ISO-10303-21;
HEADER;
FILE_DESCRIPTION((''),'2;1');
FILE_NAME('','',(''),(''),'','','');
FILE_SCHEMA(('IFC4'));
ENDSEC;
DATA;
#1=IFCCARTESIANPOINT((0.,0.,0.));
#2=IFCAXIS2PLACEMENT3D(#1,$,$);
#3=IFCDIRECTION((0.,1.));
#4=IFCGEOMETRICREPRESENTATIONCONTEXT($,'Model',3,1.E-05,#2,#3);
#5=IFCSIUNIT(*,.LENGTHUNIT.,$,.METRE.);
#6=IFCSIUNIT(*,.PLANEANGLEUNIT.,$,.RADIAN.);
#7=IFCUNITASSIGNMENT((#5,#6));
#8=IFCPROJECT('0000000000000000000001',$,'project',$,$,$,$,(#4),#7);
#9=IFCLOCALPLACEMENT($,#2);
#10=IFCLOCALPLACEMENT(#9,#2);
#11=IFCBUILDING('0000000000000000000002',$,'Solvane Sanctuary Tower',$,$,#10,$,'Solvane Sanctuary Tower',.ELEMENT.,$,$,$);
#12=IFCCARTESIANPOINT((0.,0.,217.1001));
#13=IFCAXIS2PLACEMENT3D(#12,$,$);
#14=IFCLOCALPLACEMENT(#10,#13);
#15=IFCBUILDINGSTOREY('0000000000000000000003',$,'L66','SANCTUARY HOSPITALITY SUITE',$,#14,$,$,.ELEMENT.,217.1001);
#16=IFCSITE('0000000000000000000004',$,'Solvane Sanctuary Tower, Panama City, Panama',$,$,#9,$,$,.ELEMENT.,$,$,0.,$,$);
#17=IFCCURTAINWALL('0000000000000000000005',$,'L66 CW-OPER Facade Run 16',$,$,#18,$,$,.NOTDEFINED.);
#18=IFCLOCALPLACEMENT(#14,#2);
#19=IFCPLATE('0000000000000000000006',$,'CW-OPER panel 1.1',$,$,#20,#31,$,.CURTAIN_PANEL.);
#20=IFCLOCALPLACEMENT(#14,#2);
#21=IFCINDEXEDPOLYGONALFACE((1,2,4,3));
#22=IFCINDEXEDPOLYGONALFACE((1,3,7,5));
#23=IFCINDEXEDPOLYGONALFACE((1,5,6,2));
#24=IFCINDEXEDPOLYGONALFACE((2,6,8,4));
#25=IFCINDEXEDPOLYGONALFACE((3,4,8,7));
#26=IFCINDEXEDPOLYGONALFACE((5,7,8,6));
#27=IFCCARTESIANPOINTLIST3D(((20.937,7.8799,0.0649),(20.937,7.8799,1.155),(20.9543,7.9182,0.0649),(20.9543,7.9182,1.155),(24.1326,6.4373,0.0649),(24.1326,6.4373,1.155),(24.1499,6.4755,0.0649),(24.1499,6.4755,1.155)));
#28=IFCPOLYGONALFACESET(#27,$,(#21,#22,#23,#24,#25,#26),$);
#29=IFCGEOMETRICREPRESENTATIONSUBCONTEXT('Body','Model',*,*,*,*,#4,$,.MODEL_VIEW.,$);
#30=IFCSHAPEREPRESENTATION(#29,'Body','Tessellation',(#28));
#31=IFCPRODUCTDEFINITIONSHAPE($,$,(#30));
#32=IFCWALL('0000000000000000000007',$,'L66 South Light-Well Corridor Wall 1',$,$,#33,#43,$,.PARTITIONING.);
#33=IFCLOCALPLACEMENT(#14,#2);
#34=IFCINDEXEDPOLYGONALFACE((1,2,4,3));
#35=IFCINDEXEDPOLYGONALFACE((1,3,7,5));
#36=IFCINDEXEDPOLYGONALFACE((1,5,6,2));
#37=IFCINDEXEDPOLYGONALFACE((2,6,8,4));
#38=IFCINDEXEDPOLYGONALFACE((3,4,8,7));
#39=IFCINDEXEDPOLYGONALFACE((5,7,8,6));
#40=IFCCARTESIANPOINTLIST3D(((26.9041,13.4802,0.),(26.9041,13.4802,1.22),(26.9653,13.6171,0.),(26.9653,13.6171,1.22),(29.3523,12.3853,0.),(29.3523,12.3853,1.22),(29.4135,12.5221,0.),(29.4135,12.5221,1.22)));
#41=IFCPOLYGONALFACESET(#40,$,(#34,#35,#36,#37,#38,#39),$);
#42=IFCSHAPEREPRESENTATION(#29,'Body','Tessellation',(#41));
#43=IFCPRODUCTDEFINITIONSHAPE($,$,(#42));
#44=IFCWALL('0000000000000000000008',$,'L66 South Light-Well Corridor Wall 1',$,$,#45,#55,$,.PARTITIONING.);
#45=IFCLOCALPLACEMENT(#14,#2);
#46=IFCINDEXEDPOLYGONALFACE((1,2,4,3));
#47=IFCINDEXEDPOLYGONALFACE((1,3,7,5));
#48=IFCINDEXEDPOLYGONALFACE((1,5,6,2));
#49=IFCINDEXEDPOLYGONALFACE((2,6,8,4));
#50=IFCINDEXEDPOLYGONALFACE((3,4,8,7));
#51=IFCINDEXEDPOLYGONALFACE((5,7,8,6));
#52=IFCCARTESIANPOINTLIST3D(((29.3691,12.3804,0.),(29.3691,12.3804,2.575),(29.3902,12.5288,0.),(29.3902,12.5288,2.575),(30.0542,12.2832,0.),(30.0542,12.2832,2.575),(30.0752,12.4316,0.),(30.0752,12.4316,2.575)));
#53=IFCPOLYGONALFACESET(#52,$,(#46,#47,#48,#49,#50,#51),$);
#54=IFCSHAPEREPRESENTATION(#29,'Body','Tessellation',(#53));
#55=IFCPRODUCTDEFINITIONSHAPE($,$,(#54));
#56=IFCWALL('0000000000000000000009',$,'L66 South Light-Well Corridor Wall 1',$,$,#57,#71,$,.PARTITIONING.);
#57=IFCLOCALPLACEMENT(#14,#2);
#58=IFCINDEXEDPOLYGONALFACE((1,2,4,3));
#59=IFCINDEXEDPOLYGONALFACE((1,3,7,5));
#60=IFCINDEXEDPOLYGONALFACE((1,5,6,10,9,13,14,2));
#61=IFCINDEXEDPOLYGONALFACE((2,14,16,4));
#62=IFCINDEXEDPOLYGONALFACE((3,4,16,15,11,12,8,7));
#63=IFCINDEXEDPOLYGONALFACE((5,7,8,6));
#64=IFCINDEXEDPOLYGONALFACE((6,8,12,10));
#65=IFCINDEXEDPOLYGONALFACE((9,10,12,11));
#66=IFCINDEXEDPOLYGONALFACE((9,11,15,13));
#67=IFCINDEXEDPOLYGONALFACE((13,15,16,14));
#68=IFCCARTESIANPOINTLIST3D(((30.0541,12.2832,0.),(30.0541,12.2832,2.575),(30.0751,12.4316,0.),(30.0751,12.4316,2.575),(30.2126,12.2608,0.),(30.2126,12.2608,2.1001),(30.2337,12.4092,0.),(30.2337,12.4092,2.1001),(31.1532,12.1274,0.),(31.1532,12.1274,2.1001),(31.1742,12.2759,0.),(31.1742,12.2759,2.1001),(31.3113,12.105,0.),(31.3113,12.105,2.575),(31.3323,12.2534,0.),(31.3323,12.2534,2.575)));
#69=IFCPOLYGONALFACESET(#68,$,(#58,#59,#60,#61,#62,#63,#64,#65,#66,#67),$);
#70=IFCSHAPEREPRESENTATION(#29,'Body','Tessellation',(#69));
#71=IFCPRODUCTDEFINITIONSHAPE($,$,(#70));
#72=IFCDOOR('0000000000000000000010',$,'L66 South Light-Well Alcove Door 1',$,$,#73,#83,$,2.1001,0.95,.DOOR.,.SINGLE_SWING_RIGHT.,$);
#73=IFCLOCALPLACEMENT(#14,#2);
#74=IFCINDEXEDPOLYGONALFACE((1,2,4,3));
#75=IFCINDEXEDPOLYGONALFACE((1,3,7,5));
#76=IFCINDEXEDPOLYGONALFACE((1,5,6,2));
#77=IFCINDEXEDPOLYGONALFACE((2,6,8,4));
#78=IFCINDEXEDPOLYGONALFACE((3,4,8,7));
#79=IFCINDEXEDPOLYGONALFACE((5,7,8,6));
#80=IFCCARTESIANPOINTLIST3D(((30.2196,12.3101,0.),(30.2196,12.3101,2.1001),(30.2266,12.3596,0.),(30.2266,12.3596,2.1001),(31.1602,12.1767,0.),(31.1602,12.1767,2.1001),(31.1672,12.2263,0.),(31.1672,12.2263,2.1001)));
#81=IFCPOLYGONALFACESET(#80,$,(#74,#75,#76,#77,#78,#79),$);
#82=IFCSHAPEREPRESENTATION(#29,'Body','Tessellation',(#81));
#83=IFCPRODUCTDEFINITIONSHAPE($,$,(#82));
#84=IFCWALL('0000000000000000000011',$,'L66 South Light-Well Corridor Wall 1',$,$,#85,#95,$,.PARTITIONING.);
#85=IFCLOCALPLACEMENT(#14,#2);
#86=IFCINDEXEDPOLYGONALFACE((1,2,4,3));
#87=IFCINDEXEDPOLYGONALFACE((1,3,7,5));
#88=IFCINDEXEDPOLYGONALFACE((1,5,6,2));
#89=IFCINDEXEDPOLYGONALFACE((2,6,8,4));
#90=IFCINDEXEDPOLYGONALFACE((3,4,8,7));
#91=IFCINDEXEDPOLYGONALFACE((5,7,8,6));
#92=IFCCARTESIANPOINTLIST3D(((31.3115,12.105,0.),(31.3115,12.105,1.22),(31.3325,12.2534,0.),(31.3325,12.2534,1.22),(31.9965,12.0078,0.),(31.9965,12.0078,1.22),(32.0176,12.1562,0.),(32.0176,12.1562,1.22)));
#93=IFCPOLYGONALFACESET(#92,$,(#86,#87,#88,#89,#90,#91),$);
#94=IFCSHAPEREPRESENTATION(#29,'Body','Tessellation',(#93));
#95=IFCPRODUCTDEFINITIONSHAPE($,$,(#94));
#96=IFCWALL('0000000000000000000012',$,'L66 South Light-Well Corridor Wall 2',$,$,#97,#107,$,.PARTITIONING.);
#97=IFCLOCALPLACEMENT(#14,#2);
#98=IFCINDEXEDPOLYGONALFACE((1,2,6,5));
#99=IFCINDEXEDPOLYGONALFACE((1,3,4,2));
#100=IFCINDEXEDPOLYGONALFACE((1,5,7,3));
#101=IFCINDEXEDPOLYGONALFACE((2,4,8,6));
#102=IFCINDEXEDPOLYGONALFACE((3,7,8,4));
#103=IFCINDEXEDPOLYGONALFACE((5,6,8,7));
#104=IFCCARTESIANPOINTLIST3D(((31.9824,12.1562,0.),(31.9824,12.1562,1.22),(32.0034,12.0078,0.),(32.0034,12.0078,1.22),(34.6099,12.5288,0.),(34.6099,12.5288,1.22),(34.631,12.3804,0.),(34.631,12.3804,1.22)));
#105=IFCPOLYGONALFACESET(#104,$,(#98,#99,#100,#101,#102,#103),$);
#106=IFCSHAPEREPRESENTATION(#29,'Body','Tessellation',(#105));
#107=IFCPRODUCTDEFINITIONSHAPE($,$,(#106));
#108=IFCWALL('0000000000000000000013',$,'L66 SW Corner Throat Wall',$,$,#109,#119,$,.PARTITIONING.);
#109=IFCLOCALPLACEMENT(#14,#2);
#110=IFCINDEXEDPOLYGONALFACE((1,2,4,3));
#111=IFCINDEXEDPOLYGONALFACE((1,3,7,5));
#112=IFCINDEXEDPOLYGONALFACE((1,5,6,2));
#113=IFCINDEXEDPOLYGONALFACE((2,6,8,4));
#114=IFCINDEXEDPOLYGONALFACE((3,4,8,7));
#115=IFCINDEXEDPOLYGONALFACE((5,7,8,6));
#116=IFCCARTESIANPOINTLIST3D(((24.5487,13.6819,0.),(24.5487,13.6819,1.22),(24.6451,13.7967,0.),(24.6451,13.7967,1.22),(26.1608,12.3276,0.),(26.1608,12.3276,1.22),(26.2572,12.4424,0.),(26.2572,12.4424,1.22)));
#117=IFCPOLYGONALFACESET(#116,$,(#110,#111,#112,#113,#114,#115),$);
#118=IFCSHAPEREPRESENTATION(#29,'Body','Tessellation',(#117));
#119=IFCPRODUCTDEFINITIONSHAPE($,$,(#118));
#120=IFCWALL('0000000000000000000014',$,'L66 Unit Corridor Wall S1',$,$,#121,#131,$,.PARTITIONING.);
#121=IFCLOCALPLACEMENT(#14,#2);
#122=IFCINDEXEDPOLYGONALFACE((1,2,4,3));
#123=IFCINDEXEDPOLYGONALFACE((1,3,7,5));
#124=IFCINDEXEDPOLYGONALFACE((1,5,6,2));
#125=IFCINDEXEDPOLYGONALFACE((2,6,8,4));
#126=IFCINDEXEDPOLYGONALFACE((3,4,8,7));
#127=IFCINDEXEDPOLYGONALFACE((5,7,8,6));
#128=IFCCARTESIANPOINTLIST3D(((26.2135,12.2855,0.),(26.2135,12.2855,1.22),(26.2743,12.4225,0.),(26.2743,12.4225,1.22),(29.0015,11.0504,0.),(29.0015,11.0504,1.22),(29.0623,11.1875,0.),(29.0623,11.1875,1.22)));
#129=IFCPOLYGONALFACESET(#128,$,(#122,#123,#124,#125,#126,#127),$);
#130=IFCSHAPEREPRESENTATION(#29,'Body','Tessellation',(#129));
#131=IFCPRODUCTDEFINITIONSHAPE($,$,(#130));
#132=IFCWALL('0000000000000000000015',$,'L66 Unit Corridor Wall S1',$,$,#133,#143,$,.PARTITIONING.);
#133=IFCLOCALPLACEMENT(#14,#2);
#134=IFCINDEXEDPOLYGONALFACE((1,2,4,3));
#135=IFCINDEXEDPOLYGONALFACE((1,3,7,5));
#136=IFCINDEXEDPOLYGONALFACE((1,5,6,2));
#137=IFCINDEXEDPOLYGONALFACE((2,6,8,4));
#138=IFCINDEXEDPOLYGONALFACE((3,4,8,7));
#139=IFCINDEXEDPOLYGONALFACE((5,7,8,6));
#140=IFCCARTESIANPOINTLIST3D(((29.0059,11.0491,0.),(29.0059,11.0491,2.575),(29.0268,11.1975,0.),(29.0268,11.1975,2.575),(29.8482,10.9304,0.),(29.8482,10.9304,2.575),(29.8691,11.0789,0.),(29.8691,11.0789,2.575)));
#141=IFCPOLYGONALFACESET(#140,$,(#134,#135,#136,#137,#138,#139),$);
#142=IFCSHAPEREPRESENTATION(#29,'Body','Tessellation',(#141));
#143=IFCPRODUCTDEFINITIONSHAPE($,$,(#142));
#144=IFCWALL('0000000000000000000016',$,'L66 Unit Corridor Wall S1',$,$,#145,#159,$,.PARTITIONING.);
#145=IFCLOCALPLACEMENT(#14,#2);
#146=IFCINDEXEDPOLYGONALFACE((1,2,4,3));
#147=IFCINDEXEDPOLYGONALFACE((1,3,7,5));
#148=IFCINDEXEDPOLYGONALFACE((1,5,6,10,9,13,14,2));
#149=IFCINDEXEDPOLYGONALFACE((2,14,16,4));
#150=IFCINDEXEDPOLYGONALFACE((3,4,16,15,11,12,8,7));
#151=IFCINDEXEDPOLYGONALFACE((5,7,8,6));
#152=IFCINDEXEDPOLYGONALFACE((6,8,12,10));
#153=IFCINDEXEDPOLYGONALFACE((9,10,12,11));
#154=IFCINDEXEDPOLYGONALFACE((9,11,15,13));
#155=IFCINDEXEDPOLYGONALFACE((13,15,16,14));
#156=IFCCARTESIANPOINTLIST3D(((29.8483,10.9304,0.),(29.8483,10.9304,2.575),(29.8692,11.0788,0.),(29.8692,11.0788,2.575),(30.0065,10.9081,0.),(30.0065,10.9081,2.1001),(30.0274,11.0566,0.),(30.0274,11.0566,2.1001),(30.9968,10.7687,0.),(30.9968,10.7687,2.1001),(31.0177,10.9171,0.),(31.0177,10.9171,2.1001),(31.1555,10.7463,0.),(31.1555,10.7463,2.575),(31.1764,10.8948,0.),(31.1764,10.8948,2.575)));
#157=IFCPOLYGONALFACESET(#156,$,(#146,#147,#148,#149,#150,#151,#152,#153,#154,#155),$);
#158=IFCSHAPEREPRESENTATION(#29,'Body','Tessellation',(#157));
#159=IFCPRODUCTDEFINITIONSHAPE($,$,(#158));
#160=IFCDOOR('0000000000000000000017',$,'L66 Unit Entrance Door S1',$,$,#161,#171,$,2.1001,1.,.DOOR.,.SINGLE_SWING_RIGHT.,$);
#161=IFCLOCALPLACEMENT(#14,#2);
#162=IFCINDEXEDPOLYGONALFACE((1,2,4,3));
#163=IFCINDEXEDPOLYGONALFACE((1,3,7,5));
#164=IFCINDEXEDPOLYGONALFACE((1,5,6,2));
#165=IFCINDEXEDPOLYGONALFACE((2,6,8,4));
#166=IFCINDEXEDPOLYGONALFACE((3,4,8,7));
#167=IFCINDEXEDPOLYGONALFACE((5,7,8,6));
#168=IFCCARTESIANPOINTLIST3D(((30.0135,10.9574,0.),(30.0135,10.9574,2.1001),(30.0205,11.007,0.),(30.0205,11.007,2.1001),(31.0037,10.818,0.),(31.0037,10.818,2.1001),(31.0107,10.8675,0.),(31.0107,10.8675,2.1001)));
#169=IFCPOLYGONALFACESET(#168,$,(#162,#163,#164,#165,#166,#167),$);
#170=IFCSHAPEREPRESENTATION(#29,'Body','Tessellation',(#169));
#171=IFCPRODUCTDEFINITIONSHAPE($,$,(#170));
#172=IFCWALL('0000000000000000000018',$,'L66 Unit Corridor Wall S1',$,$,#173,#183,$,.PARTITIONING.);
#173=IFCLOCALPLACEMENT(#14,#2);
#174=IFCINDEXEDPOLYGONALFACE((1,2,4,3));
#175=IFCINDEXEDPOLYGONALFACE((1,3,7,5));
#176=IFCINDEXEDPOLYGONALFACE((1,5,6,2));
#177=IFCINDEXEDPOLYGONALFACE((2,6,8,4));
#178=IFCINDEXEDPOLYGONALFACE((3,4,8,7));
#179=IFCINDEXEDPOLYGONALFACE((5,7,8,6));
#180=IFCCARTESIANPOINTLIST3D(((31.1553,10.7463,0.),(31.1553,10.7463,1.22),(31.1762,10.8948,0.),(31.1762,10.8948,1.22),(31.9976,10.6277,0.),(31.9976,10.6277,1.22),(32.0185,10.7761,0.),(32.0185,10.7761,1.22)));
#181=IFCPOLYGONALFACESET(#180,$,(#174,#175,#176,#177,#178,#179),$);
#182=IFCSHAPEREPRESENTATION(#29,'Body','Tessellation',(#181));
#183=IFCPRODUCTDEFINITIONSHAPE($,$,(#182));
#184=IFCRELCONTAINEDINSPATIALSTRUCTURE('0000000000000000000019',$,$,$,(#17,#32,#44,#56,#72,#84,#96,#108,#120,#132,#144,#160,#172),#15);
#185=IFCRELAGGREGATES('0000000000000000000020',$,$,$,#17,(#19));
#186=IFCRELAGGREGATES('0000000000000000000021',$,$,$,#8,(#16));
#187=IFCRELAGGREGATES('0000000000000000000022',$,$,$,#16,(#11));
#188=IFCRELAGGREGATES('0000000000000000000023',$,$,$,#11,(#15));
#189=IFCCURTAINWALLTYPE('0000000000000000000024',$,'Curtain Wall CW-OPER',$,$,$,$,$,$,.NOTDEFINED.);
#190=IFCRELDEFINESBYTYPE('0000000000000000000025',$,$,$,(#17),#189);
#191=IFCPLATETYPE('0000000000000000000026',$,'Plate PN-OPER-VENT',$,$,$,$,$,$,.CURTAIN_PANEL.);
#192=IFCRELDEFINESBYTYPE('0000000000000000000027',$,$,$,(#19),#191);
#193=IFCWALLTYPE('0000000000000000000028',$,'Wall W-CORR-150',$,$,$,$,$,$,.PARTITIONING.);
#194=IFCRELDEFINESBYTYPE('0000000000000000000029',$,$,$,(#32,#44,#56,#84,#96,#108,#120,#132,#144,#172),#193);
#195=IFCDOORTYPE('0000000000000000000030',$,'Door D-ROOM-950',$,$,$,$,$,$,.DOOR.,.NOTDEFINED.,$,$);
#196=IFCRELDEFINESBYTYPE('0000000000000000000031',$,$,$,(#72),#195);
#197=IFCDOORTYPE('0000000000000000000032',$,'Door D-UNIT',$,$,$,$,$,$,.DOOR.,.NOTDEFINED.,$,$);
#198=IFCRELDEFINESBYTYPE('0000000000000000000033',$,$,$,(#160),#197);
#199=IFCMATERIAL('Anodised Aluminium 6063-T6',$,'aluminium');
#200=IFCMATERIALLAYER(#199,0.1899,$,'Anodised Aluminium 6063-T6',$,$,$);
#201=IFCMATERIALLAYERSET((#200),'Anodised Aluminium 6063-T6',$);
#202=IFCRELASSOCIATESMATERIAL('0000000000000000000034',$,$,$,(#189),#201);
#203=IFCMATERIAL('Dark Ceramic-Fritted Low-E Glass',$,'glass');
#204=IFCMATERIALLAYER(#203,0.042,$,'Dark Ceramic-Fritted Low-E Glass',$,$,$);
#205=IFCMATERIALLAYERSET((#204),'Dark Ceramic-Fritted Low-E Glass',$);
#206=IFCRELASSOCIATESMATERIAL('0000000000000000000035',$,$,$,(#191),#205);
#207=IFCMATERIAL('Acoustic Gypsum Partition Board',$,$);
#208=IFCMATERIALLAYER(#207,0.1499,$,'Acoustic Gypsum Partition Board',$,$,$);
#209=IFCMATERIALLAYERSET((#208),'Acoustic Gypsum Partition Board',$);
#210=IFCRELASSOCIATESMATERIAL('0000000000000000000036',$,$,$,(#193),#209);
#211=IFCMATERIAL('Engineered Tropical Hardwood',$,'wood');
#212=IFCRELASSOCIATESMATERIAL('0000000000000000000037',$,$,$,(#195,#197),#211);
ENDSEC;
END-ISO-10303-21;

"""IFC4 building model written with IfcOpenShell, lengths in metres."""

from ifc_helpers import new_model, si_unit, direction, frame, frame_2d, origin, origin_2d, place, context, subcontext, project, spatial, rectangle, extrude, material, layer, layer_set, type_object, element, fill, aggregate, save


model = new_model("IFC4")

# Units and contexts
model_context = context("Model", 3, precision=1e-05, world=origin(), true_north=direction((0.0, 1.0)))
body_context = subcontext(model_context, "Body", "Model", "MODEL_VIEW")
ifc_project = project(units=[si_unit("LENGTHUNIT", "METRE"), si_unit("PLANEANGLEUNIT", "RADIAN")], contexts=[model_context])

# Site, building, storey
site_placement = place(None, origin())
site = spatial("IfcSite", under=ifc_project, at=site_placement, Name="Solvane Sanctuary Tower, Panama City, Panama", CompositionType="ELEMENT", RefElevation=0.0)
building_placement = place(site_placement, origin())
building = spatial("IfcBuilding", under=site, at=building_placement, Name="Solvane Sanctuary Tower", LongName="Solvane Sanctuary Tower", CompositionType="ELEMENT")
storey_placement = place(building_placement, frame((0.0, 0.0, 217.1001)))
storey = spatial("IfcBuildingStorey", under=building, at=storey_placement, Name="L66", Description="SANCTUARY HOSPITALITY SUITE", CompositionType="ELEMENT", Elevation=217.1001)

# Curtain wall, plate
ifc_material_1 = material(Name="Anodised Aluminium 6063-T6", Category="aluminium")
ifc_layer_1 = layer(ifc_material_1, 0.1899, Name="Anodised Aluminium 6063-T6")
ifc_layer_set_1 = layer_set([ifc_layer_1], Name="Anodised Aluminium 6063-T6")
curtain_wall_type = type_object("IfcCurtainWallType", Name="Curtain Wall CW-OPER", PredefinedType="NOTDEFINED", material=ifc_layer_set_1)
curtain_wall_placement = place(storey_placement, origin())
curtain_wall = element("IfcCurtainWall", 1, at=curtain_wall_placement, inside=storey, type_object=curtain_wall_type, Name="L66 CW-OPER Facade Run 16", PredefinedType="NOTDEFINED")
ifc_material_2 = material(Name="Dark Ceramic-Fritted Low-E Glass", Category="glass")
ifc_layer_2 = layer(ifc_material_2, 0.042, Name="Dark Ceramic-Fritted Low-E Glass")
ifc_layer_set_2 = layer_set([ifc_layer_2], Name="Dark Ceramic-Fritted Low-E Glass")
plate_type = type_object("IfcPlateType", Name="Plate PN-OPER-VENT", PredefinedType="CURTAIN_PANEL", material=ifc_layer_set_2)
plate_placement = place(storey_placement, frame((22.5435, 7.1777, 0.0649), z_axis=(0.0, 0.0, 1.0), x_axis=(0.911423, -0.411471, 0.0)))
plate = element("IfcPlate", 2, at=plate_placement, type_object=plate_type, Name="CW-OPER panel 1.1", PredefinedType="CURTAIN_PANEL", context=body_context, shape_type="SweptSolid", body=[
    extrude(rectangle(XDim=3.5061, YDim=0.042, at=origin_2d()), origin(), (0.0, 0.0, 1.0), 1.0901),
])
aggregate(curtain_wall, [plate])

# Walls
ifc_material_3 = material(Name="Acoustic Gypsum Partition Board")
ifc_layer_3 = layer(ifc_material_3, 0.1499, Name="Acoustic Gypsum Partition Board")
ifc_layer_set_3 = layer_set([ifc_layer_3], Name="Acoustic Gypsum Partition Board")
wall_type_1 = type_object("IfcWallType", Name="Wall W-CORR-150", PredefinedType="PARTITIONING", material=ifc_layer_set_3)
wall_1_placement = place(storey_placement, frame((26.9348, 13.5486, 0.0), z_axis=(0.0, 0.0, 1.0), x_axis=(0.912859, -0.408274, 0.0)))
element("IfcWall", 3, at=wall_1_placement, inside=storey, type_object=wall_type_1, Name="L66 South Light-Well Corridor Wall 1", PredefinedType="PARTITIONING", context=body_context, shape_type="SweptSolid", body=[
    extrude(rectangle(XDim=2.6819, YDim=0.1499, at=frame_2d((1.3408, 0.0))), origin(), (0.0, 0.0, 1.0), 1.22),
])
wall_2_placement = place(storey_placement, frame((29.3796, 12.4546, 0.0), z_axis=(0.0, 0.0, 1.0), x_axis=(0.99009, -0.140433, 0.0)))
element("IfcWall", 4, at=wall_2_placement, inside=storey, type_object=wall_type_1, Name="L66 South Light-Well Corridor Wall 1", PredefinedType="PARTITIONING", context=body_context, shape_type="SweptSolid", body=[
    extrude(rectangle(XDim=0.6919, YDim=0.1499, at=frame_2d((0.3459, 0.0))), origin(), (0.0, 0.0, 1.0), 2.575),
])

# Wall, opening, door
wall_3_placement = place(storey_placement, frame((30.0647, 12.3574, 0.0), z_axis=(0.0, 0.0, 1.0), x_axis=(0.990103, -0.140345, 0.0)))
wall_3 = element("IfcWall", 5, at=wall_3_placement, inside=storey, type_object=wall_type_1, Name="L66 South Light-Well Corridor Wall 1", PredefinedType="PARTITIONING", context=body_context, shape_type="SweptSolid", body=[
    extrude(rectangle(XDim=1.2698, YDim=0.1499, at=frame_2d((0.6348, 0.0))), origin(), (0.0, 0.0, 1.0), 2.575),
])
opening_1_placement = place(wall_3_placement, frame((0.1599, 0.0, 0.0)))
opening_1 = element("IfcOpeningElement", 6, at=opening_1_placement, cuts=wall_3, PredefinedType="OPENING", context=body_context, shape_type="SweptSolid", body=[
    extrude(rectangle(XDim=0.95, YDim=2.1001, at=frame_2d((0.4751, 1.05))), frame((0.0, 0.085, 0.0), z_axis=(0.0, -1.0, 0.0), x_axis=(1.0, 0.0, 0.0)), (0.0, 0.0, 1.0), 0.1699),
])
ifc_material_4 = material(Name="Engineered Tropical Hardwood", Category="wood")
door_type_1 = type_object("IfcDoorType", Name="Door D-ROOM-950", OperationType="NOTDEFINED", PredefinedType="DOOR", material=ifc_material_4)
door_1_placement = place(opening_1_placement, origin())
door_1 = element("IfcDoor", 7, at=door_1_placement, inside=storey, type_object=door_type_1, Name="L66 South Light-Well Alcove Door 1", OperationType="SINGLE_SWING_RIGHT", OverallHeight=2.1001, OverallWidth=0.95, PredefinedType="DOOR", context=body_context, shape_type="SweptSolid", body=[
    extrude(rectangle(XDim=0.95, YDim=2.1001, at=frame_2d((0.4751, 1.05))), frame((0.0, 0.0249, 0.0), z_axis=(0.0, -1.0, 0.0), x_axis=(1.0, 0.0, 0.0)), (0.0, 0.0, 1.0), 0.05),
])
fill(opening_1, door_1)

# Walls
wall_4_placement = place(storey_placement, frame((31.322, 12.1792, 0.0), z_axis=(0.0, 0.0, 1.0), x_axis=(0.99009, -0.140433, 0.0)))
element("IfcWall", 8, at=wall_4_placement, inside=storey, type_object=wall_type_1, Name="L66 South Light-Well Corridor Wall 1", PredefinedType="PARTITIONING", context=body_context, shape_type="SweptSolid", body=[
    extrude(rectangle(XDim=0.6919, YDim=0.1499, at=frame_2d((0.3459, 0.0))), origin(), (0.0, 0.0, 1.0), 1.22),
])
wall_5_placement = place(storey_placement, frame((31.9929, 12.082, 0.0), z_axis=(0.0, 0.0, 1.0), x_axis=(0.990096, 0.140391, 0.0)))
element("IfcWall", 9, at=wall_5_placement, inside=storey, type_object=wall_type_1, Name="L66 South Light-Well Corridor Wall 2", PredefinedType="PARTITIONING", context=body_context, shape_type="SweptSolid", body=[
    extrude(rectangle(XDim=2.6538, YDim=0.1499, at=frame_2d((1.3269, 0.0))), origin(), (0.0, 0.0, 1.0), 1.22),
])
wall_6_placement = place(storey_placement, frame((26.209, 12.385, 0.0), z_axis=(0.0, 0.0, 1.0), x_axis=(-0.765677, 0.643225, 0.0)))
element("IfcWall", 10, at=wall_6_placement, inside=storey, type_object=wall_type_1, Name="L66 SW Corner Throat Wall", PredefinedType="PARTITIONING", context=body_context, shape_type="SweptSolid", body=[
    extrude(rectangle(XDim=2.1055, YDim=0.1499, at=frame_2d((1.0527, 0.0))), origin(), (0.0, 0.0, 1.0), 1.22),
])
wall_7_placement = place(storey_placement, frame((26.2439, 12.354, 0.0), z_axis=(0.0, 0.0, 1.0), x_axis=(0.914303, -0.405031, 0.0)))
element("IfcWall", 11, at=wall_7_placement, inside=storey, type_object=wall_type_1, Name="L66 Unit Corridor Wall S1", PredefinedType="PARTITIONING", context=body_context, shape_type="SweptSolid", body=[
    extrude(rectangle(XDim=3.0493, YDim=0.1499, at=frame_2d((1.5247, 0.0))), origin(), (0.0, 0.0, 1.0), 1.22),
])
wall_8_placement = place(storey_placement, frame((29.0164, 11.1233, 0.0), z_axis=(0.0, 0.0, 1.0), x_axis=(0.990223, -0.139492, 0.0)))
element("IfcWall", 12, at=wall_8_placement, inside=storey, type_object=wall_type_1, Name="L66 Unit Corridor Wall S1", PredefinedType="PARTITIONING", context=body_context, shape_type="SweptSolid", body=[
    extrude(rectangle(XDim=0.8506, YDim=0.1499, at=frame_2d((0.4253, 0.0))), origin(), (0.0, 0.0, 1.0), 2.575),
])

# Wall, opening, door
wall_9_placement = place(storey_placement, frame((29.8586, 11.0046, 0.0), z_axis=(0.0, 0.0, 1.0), x_axis=(0.990229, -0.139453, 0.0)))
wall_9 = element("IfcWall", 13, at=wall_9_placement, inside=storey, type_object=wall_type_1, Name="L66 Unit Corridor Wall S1", PredefinedType="PARTITIONING", context=body_context, shape_type="SweptSolid", body=[
    extrude(rectangle(XDim=1.3201, YDim=0.1499, at=frame_2d((0.6602, 0.0))), origin(), (0.0, 0.0, 1.0), 2.575),
])
opening_2_placement = place(wall_9_placement, frame((0.1599, 0.0, 0.0)))
opening_2 = element("IfcOpeningElement", 14, at=opening_2_placement, cuts=wall_9, PredefinedType="OPENING", context=body_context, shape_type="SweptSolid", body=[
    extrude(rectangle(XDim=1.0, YDim=2.1001, at=frame_2d((0.5, 1.05))), frame((0.0, 0.085, 0.0), z_axis=(0.0, -1.0, 0.0), x_axis=(1.0, 0.0, 0.0)), (0.0, 0.0, 1.0), 0.1699),
])
door_type_2 = type_object("IfcDoorType", Name="Door D-UNIT", OperationType="NOTDEFINED", PredefinedType="DOOR", material=ifc_material_4)
door_2_placement = place(opening_2_placement, origin())
door_2 = element("IfcDoor", 15, at=door_2_placement, inside=storey, type_object=door_type_2, Name="L66 Unit Entrance Door S1", OperationType="SINGLE_SWING_RIGHT", OverallHeight=2.1001, OverallWidth=1.0, PredefinedType="DOOR", context=body_context, shape_type="SweptSolid", body=[
    extrude(rectangle(XDim=1.0, YDim=2.1001, at=frame_2d((0.5, 1.05))), frame((0.0, 0.0249, 0.0), z_axis=(0.0, -1.0, 0.0), x_axis=(1.0, 0.0, 0.0)), (0.0, 0.0, 1.0), 0.05),
])
fill(opening_2, door_2)

# Wall
wall_10_placement = place(storey_placement, frame((31.1658, 10.8206, 0.0), z_axis=(0.0, 0.0, 1.0), x_axis=(0.990223, -0.139492, 0.0)))
element("IfcWall", 16, at=wall_10_placement, inside=storey, type_object=wall_type_1, Name="L66 Unit Corridor Wall S1", PredefinedType="PARTITIONING", context=body_context, shape_type="SweptSolid", body=[
    extrude(rectangle(XDim=0.8506, YDim=0.1499, at=frame_2d((0.4253, 0.0))), origin(), (0.0, 0.0, 1.0), 1.22),
])

save(model, "model.ifc")
